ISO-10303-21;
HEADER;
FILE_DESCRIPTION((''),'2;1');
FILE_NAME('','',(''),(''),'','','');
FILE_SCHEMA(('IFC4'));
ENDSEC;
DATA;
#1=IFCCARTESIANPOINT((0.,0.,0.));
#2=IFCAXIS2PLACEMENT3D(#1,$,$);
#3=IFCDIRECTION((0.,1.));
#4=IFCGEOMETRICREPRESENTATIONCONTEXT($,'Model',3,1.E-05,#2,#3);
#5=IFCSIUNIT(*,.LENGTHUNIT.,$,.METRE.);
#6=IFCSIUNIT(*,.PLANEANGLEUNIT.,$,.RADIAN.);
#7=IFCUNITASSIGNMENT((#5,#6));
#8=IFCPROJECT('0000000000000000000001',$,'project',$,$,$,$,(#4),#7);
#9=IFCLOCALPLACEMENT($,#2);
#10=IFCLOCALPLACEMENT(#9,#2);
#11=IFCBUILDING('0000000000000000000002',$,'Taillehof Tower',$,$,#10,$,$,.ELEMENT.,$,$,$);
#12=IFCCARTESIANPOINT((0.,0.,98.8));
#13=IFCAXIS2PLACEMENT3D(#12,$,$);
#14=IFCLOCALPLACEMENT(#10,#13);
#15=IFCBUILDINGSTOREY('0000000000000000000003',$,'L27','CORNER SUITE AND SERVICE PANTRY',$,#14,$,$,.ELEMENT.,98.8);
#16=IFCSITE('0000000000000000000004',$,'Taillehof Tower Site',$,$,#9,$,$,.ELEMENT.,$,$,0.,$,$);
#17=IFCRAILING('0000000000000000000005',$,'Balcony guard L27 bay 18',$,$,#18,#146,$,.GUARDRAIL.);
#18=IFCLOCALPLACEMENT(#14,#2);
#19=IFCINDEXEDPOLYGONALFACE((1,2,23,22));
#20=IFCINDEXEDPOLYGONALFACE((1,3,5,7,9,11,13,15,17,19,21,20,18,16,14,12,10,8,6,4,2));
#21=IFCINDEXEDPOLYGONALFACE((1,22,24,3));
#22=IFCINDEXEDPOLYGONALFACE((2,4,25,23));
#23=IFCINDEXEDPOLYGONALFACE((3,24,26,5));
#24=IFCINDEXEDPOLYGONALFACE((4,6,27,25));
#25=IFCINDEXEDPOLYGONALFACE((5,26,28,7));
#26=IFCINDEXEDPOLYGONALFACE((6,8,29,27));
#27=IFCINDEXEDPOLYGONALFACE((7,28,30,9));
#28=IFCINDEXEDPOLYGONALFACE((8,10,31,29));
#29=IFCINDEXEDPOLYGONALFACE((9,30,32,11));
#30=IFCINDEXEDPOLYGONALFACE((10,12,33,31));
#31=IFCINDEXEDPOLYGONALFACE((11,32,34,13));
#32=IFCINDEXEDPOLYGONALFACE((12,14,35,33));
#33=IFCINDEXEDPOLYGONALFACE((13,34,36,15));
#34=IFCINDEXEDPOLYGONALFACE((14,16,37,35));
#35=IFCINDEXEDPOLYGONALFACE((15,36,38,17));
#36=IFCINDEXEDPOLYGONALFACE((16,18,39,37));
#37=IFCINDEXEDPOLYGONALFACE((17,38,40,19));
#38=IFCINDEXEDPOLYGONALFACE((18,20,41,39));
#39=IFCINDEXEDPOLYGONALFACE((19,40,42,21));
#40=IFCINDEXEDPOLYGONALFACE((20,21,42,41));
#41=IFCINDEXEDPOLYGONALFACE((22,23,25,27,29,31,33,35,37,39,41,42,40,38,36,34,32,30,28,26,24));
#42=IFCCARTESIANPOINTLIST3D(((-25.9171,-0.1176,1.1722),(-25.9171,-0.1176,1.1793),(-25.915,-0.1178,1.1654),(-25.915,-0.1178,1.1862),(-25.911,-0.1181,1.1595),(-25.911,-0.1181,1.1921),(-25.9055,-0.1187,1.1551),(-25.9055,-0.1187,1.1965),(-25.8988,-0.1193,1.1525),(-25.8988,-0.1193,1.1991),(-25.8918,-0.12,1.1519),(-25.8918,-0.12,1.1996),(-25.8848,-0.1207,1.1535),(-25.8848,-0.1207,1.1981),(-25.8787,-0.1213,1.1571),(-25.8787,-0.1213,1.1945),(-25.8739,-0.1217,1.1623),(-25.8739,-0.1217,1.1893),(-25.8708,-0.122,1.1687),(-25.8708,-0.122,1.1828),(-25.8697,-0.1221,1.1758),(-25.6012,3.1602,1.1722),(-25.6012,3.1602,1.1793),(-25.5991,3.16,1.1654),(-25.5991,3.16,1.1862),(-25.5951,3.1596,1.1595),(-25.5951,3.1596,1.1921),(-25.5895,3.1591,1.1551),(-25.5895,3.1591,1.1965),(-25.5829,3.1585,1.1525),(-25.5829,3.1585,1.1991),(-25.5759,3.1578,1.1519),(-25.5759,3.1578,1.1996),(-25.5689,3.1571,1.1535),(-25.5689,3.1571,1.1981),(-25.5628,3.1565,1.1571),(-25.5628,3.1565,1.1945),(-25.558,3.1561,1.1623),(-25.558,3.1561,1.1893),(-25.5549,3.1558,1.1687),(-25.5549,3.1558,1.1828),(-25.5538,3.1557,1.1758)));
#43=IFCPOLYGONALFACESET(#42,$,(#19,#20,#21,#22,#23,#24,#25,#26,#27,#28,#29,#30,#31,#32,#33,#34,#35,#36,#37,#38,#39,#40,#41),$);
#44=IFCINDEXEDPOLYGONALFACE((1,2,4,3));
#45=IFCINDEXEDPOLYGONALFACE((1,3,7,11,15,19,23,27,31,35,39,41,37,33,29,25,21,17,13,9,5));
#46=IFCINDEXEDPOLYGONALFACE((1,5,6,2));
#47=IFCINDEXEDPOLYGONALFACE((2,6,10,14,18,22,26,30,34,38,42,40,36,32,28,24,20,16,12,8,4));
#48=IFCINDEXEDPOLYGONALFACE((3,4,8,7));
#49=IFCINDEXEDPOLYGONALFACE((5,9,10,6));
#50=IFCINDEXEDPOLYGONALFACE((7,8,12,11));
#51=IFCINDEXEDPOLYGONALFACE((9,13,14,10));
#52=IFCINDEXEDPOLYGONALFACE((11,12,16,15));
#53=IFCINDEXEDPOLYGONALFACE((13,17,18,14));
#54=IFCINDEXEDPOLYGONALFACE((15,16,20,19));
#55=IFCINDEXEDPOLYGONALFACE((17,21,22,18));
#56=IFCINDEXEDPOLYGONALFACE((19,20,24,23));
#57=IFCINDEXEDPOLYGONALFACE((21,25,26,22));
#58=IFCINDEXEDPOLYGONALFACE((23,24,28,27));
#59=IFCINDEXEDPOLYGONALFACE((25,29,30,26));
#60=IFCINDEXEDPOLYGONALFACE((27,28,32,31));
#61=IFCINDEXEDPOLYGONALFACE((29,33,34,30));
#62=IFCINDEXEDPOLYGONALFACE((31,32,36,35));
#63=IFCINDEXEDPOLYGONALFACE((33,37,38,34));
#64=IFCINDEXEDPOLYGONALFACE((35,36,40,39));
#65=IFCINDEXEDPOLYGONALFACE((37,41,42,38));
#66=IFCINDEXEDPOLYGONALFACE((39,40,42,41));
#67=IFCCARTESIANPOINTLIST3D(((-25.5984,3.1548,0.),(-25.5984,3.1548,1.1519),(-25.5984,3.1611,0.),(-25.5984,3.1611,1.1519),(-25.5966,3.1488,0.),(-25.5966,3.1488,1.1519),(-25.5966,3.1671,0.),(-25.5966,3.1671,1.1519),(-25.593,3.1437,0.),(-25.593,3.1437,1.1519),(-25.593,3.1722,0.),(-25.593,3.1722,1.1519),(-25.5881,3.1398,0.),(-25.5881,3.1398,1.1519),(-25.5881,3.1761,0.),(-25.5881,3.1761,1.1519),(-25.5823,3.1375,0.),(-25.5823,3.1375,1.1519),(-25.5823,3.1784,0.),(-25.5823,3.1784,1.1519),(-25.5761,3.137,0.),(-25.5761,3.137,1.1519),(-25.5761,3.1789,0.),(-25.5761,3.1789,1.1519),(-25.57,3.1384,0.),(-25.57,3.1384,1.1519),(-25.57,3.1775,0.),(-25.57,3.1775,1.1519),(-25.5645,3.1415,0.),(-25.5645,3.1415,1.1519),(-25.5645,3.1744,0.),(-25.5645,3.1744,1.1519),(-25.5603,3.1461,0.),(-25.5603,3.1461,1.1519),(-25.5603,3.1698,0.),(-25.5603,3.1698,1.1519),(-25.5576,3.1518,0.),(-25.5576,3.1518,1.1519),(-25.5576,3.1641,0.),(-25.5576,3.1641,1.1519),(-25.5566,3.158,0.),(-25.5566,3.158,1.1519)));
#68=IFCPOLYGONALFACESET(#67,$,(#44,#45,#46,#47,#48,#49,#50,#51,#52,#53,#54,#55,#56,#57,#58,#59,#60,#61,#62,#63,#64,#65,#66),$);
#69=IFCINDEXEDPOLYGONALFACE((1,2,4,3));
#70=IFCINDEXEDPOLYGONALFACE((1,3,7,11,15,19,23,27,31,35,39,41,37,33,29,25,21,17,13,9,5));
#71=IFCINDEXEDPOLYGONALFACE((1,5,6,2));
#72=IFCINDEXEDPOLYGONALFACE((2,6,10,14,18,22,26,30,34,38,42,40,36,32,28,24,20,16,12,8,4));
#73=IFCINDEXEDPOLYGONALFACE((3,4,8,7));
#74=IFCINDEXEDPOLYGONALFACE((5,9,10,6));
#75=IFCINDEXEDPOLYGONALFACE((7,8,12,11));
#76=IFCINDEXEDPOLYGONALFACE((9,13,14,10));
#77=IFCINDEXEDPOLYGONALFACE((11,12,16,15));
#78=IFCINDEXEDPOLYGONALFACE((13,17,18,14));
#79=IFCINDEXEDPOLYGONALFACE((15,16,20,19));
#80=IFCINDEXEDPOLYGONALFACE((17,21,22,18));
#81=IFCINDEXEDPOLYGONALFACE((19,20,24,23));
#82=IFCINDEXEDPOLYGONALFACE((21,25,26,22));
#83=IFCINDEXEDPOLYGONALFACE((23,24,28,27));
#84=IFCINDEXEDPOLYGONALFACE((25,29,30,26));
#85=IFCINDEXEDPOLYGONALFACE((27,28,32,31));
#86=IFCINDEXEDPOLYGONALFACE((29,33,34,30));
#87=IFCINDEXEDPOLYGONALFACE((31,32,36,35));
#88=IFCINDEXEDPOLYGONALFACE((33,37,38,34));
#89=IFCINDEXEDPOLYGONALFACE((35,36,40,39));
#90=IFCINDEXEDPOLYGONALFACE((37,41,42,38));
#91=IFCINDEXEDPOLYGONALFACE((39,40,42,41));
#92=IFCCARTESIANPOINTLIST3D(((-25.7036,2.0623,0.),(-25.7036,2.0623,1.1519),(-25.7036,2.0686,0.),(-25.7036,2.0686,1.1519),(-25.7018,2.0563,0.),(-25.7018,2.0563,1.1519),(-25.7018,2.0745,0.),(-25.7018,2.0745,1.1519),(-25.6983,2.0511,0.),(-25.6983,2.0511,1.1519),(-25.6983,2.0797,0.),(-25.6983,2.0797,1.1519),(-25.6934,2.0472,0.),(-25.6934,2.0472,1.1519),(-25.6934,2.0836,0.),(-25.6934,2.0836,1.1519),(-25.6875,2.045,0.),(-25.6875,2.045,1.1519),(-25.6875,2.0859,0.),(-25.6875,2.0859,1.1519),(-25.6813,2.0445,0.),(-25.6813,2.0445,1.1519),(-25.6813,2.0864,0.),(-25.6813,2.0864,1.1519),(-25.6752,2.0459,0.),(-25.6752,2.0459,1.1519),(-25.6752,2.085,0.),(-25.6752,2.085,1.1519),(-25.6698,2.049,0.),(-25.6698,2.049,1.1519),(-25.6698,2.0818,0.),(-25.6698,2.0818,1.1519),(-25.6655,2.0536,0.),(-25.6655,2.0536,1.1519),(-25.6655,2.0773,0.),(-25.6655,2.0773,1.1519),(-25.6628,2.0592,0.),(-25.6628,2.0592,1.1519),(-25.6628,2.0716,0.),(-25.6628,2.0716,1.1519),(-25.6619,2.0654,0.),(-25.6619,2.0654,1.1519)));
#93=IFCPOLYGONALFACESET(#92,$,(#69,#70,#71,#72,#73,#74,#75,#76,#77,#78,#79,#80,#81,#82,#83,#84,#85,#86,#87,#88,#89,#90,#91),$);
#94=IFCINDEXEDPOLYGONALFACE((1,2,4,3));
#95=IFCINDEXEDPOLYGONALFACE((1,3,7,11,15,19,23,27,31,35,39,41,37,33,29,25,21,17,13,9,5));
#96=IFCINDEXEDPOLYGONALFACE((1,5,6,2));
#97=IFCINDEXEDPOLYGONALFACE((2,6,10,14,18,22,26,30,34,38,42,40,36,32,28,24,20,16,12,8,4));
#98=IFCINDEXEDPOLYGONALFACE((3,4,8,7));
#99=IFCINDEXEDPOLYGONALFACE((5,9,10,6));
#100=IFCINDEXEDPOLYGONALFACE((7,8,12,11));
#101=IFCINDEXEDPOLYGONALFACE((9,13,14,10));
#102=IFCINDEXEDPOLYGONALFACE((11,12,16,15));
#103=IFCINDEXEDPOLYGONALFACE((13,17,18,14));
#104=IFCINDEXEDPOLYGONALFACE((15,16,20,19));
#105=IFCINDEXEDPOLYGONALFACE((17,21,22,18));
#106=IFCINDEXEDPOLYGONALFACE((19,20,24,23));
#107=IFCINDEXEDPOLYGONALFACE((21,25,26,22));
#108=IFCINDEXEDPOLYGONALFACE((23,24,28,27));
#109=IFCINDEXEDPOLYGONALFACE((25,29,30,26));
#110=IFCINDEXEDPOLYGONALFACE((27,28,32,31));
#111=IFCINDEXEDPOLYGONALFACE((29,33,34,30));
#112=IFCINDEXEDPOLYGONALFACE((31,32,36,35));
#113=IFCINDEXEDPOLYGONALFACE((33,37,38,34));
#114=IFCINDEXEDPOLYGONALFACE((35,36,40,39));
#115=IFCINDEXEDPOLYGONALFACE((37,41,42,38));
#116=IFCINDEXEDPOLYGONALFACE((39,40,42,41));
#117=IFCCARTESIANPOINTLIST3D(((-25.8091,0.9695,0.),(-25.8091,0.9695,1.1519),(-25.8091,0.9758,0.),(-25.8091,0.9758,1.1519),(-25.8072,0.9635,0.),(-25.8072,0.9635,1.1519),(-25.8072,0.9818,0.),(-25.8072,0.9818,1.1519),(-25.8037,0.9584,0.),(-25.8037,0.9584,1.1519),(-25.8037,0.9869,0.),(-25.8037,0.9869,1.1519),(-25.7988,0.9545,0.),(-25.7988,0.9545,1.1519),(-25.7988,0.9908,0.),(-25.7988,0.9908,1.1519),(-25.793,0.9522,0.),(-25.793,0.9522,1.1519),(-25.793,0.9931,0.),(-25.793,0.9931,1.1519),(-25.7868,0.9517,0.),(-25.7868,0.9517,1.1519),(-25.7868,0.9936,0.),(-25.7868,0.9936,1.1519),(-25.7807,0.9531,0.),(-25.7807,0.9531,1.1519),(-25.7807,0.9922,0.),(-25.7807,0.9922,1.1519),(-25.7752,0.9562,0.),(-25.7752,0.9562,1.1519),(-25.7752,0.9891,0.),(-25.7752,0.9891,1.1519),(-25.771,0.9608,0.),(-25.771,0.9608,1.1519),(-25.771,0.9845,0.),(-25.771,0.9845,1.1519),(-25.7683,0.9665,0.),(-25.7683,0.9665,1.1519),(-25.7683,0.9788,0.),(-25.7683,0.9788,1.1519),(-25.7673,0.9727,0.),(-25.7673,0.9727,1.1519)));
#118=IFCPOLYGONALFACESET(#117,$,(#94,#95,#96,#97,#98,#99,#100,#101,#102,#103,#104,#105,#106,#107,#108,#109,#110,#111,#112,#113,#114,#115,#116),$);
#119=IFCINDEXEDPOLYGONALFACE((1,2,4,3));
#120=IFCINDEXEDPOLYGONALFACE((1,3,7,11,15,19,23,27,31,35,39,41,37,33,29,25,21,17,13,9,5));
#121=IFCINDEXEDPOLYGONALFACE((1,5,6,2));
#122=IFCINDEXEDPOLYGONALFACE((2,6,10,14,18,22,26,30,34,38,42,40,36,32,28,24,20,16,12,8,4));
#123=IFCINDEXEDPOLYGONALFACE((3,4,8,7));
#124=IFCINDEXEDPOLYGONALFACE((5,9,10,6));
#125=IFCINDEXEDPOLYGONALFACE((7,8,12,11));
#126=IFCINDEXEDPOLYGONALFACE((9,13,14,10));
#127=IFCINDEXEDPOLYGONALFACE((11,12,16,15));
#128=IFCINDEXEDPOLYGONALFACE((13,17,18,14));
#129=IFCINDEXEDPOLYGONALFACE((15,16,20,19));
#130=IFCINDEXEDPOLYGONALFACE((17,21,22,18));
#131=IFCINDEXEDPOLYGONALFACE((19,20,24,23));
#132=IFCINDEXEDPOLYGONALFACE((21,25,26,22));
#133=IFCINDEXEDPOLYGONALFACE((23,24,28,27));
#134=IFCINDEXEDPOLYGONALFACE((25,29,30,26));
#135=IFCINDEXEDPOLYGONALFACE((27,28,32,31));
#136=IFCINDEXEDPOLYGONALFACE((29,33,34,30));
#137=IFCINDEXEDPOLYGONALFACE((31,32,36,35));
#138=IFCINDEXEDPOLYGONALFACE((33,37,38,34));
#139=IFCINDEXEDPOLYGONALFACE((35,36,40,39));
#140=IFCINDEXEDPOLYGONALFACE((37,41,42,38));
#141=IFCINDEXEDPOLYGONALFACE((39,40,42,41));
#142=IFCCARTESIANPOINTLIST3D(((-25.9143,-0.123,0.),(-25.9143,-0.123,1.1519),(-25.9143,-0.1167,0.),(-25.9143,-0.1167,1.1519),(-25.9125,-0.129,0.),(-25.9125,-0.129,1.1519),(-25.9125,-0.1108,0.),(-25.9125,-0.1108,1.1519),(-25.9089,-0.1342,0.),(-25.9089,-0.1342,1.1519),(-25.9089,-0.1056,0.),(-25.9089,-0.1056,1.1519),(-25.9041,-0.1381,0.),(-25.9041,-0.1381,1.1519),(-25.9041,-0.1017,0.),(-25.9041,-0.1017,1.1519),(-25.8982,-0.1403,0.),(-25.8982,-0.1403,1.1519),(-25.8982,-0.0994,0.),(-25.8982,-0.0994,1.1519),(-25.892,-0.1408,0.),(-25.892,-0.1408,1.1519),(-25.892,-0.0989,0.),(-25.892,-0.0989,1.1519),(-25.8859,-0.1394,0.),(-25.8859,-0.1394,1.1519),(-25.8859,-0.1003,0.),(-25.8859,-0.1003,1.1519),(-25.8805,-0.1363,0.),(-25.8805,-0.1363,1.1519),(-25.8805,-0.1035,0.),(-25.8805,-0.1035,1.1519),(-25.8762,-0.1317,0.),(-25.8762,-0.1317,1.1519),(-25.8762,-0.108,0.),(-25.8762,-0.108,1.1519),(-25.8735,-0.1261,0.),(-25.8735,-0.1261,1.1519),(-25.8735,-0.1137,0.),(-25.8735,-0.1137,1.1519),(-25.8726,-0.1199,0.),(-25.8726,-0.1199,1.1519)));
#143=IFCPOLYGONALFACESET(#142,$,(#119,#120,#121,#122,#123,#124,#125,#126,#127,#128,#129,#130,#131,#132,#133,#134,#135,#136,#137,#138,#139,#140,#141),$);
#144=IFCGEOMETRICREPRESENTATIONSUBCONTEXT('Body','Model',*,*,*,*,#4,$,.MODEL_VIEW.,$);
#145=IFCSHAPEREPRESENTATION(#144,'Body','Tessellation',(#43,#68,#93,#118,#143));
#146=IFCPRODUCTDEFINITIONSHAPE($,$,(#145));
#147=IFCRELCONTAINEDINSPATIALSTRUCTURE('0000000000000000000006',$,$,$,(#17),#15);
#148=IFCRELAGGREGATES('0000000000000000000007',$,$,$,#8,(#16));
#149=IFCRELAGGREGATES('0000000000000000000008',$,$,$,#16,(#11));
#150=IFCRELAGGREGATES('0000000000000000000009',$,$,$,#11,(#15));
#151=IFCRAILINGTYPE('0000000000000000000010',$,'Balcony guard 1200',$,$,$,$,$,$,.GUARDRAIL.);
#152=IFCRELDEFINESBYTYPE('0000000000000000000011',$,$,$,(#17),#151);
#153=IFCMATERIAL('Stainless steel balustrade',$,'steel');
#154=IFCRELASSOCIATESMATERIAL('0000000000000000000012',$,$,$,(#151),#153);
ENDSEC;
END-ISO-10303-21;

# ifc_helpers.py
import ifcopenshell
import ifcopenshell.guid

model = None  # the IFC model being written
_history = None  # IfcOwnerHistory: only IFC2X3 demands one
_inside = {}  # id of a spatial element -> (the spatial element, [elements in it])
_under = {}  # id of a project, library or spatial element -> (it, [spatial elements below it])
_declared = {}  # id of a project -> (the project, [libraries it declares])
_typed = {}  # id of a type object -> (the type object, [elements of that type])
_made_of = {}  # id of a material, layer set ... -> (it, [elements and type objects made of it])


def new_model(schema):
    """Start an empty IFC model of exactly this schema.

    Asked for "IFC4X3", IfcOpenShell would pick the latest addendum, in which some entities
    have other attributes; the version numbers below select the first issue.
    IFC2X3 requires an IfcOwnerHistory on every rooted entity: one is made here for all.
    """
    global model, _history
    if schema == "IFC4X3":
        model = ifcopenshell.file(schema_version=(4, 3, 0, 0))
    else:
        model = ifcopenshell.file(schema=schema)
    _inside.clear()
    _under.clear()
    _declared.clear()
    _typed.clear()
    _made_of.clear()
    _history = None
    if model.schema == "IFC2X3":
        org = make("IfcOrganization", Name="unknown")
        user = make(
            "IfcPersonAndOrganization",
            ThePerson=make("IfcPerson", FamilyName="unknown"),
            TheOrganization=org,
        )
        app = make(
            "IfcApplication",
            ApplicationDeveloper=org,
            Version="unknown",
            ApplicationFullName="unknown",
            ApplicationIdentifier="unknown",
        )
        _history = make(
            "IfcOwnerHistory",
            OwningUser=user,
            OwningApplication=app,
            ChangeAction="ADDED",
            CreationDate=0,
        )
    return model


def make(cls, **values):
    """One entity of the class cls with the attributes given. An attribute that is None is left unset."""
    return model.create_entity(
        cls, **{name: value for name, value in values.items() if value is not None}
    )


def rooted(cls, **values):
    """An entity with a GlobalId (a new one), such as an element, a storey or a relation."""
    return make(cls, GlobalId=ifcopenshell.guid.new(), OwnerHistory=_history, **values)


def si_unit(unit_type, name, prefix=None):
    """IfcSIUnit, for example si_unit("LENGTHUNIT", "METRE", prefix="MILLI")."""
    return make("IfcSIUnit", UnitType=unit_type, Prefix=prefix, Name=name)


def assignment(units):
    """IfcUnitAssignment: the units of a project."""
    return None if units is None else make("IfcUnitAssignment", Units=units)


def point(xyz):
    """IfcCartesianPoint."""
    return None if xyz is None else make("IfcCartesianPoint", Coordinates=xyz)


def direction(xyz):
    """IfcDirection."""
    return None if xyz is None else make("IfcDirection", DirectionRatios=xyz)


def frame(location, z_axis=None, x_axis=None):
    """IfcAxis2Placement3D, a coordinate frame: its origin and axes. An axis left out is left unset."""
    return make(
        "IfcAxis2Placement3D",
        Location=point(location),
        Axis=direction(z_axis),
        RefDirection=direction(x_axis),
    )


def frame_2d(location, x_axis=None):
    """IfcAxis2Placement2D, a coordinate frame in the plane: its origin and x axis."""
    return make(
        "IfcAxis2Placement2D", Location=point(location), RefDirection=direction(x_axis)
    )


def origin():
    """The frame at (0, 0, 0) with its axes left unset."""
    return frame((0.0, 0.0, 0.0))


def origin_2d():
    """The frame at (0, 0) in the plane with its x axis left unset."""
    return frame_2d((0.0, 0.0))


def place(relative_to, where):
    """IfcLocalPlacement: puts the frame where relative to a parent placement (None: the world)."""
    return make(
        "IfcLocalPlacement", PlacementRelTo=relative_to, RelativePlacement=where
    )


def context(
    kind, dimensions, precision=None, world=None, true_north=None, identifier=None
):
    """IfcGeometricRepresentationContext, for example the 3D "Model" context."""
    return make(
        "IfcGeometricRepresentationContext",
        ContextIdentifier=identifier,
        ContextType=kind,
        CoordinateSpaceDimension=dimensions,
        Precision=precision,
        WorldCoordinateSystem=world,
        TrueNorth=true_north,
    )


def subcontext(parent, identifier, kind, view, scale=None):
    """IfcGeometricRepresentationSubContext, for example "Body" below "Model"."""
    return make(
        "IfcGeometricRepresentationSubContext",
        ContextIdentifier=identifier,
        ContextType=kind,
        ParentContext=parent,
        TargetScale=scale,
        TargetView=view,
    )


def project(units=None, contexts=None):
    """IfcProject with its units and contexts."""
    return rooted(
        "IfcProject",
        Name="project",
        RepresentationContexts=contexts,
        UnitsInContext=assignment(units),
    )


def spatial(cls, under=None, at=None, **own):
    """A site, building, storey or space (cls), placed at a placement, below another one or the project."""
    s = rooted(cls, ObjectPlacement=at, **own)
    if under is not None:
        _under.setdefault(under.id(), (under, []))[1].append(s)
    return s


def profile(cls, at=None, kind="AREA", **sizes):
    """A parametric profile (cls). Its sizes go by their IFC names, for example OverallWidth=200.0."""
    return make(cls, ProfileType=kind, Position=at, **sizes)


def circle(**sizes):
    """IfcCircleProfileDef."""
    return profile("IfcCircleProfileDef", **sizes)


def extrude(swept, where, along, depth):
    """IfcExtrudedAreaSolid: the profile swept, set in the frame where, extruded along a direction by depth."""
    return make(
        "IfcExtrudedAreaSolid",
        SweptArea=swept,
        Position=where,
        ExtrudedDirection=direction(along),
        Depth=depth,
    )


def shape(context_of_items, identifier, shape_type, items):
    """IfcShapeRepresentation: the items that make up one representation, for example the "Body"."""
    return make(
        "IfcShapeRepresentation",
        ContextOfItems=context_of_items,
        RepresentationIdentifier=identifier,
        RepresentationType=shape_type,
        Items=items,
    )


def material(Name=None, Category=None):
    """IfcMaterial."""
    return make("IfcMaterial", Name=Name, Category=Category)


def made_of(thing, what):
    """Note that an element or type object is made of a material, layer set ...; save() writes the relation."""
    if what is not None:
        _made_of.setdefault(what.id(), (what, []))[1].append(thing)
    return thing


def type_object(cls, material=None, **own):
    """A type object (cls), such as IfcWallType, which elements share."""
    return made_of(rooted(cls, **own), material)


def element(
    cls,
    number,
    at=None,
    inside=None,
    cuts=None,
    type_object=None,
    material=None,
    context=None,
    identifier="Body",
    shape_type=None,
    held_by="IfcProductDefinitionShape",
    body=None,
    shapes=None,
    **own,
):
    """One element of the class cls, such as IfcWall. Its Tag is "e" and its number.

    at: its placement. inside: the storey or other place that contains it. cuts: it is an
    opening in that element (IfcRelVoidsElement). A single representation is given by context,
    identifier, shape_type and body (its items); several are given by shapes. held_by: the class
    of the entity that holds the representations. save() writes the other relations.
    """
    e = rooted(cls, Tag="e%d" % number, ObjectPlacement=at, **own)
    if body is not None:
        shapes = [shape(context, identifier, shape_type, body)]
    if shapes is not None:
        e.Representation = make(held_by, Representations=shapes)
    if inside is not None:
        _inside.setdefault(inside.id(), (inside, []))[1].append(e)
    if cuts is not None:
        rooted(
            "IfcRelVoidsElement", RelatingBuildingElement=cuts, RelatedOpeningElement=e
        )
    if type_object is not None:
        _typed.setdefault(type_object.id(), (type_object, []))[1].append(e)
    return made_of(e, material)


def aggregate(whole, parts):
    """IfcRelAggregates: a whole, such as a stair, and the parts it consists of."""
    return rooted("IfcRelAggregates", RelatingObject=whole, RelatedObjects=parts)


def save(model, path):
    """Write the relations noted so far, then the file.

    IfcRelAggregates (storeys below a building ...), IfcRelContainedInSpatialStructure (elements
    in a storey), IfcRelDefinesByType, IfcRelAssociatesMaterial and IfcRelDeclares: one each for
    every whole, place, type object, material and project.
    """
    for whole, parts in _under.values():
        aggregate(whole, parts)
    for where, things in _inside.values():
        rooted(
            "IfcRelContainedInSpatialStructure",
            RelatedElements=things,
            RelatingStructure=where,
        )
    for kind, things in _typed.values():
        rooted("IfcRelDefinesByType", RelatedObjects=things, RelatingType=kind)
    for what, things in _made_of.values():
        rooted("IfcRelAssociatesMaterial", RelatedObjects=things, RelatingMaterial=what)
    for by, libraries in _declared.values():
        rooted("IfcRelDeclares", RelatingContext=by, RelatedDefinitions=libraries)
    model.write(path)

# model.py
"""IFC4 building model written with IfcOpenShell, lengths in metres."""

from ifc_helpers import new_model, si_unit, direction, frame, origin, origin_2d, place, context, subcontext, project, spatial, circle, extrude, material, type_object, element, save


model = new_model("IFC4")

# Units and contexts
model_context = context("Model", 3, precision=1e-05, world=origin(), true_north=direction((0.0, 1.0)))
body_context = subcontext(model_context, "Body", "Model", "MODEL_VIEW")
ifc_project = project(units=[si_unit("LENGTHUNIT", "METRE"), si_unit("PLANEANGLEUNIT", "RADIAN")], contexts=[model_context])

# Site, building, storey
site_placement = place(None, origin())
site = spatial("IfcSite", under=ifc_project, at=site_placement, Name="Taillehof Tower Site", CompositionType="ELEMENT", RefElevation=0.0)
building_placement = place(site_placement, origin())
building = spatial("IfcBuilding", under=site, at=building_placement, Name="Taillehof Tower", CompositionType="ELEMENT")
storey_placement = place(building_placement, frame((0.0, 0.0, 98.8)))
storey = spatial("IfcBuildingStorey", under=building, at=storey_placement, Name="L27", Description="CORNER SUITE AND SERVICE PANTRY", CompositionType="ELEMENT", Elevation=98.8)

# Railing
ifc_material_1 = material(Name="Stainless steel balustrade", Category="steel")
railing_type = type_object("IfcRailingType", Name="Balcony guard 1200", PredefinedType="GUARDRAIL", material=ifc_material_1)
railing_1_placement = place(storey_placement, frame((-25.5776, 3.158, 0.0)))
element("IfcRailing", 1, at=railing_1_placement, inside=storey, type_object=railing_type, Name="Balcony guard L27 bay 18", PredefinedType="GUARDRAIL", context=body_context, shape_type="SweptSolid", body=[
    extrude(circle(Radius=0.0239, at=origin_2d()), frame((0.0, 0.0, 1.1758), z_axis=(-0.095936, -0.995388, 0.0), x_axis=(0.995388, -0.095936, 0.0)), (0.0, 0.0, 1.0), 3.293),
    extrude(circle(Radius=0.021, at=origin_2d()), origin(), (0.0, 0.0, 1.0), 1.1519),
    extrude(circle(Radius=0.021, at=origin_2d()), frame((-0.1052, -1.0925, 0.0)), (0.0, 0.0, 1.0), 1.1519),
    extrude(circle(Radius=0.021, at=origin_2d()), frame((-0.2107, -2.1853, 0.0)), (0.0, 0.0, 1.0), 1.1519),
    extrude(circle(Radius=0.021, at=origin_2d()), frame((-0.3159, -3.2778, 0.0)), (0.0, 0.0, 1.0), 1.1519),
])

save(model, "model.ifc")
